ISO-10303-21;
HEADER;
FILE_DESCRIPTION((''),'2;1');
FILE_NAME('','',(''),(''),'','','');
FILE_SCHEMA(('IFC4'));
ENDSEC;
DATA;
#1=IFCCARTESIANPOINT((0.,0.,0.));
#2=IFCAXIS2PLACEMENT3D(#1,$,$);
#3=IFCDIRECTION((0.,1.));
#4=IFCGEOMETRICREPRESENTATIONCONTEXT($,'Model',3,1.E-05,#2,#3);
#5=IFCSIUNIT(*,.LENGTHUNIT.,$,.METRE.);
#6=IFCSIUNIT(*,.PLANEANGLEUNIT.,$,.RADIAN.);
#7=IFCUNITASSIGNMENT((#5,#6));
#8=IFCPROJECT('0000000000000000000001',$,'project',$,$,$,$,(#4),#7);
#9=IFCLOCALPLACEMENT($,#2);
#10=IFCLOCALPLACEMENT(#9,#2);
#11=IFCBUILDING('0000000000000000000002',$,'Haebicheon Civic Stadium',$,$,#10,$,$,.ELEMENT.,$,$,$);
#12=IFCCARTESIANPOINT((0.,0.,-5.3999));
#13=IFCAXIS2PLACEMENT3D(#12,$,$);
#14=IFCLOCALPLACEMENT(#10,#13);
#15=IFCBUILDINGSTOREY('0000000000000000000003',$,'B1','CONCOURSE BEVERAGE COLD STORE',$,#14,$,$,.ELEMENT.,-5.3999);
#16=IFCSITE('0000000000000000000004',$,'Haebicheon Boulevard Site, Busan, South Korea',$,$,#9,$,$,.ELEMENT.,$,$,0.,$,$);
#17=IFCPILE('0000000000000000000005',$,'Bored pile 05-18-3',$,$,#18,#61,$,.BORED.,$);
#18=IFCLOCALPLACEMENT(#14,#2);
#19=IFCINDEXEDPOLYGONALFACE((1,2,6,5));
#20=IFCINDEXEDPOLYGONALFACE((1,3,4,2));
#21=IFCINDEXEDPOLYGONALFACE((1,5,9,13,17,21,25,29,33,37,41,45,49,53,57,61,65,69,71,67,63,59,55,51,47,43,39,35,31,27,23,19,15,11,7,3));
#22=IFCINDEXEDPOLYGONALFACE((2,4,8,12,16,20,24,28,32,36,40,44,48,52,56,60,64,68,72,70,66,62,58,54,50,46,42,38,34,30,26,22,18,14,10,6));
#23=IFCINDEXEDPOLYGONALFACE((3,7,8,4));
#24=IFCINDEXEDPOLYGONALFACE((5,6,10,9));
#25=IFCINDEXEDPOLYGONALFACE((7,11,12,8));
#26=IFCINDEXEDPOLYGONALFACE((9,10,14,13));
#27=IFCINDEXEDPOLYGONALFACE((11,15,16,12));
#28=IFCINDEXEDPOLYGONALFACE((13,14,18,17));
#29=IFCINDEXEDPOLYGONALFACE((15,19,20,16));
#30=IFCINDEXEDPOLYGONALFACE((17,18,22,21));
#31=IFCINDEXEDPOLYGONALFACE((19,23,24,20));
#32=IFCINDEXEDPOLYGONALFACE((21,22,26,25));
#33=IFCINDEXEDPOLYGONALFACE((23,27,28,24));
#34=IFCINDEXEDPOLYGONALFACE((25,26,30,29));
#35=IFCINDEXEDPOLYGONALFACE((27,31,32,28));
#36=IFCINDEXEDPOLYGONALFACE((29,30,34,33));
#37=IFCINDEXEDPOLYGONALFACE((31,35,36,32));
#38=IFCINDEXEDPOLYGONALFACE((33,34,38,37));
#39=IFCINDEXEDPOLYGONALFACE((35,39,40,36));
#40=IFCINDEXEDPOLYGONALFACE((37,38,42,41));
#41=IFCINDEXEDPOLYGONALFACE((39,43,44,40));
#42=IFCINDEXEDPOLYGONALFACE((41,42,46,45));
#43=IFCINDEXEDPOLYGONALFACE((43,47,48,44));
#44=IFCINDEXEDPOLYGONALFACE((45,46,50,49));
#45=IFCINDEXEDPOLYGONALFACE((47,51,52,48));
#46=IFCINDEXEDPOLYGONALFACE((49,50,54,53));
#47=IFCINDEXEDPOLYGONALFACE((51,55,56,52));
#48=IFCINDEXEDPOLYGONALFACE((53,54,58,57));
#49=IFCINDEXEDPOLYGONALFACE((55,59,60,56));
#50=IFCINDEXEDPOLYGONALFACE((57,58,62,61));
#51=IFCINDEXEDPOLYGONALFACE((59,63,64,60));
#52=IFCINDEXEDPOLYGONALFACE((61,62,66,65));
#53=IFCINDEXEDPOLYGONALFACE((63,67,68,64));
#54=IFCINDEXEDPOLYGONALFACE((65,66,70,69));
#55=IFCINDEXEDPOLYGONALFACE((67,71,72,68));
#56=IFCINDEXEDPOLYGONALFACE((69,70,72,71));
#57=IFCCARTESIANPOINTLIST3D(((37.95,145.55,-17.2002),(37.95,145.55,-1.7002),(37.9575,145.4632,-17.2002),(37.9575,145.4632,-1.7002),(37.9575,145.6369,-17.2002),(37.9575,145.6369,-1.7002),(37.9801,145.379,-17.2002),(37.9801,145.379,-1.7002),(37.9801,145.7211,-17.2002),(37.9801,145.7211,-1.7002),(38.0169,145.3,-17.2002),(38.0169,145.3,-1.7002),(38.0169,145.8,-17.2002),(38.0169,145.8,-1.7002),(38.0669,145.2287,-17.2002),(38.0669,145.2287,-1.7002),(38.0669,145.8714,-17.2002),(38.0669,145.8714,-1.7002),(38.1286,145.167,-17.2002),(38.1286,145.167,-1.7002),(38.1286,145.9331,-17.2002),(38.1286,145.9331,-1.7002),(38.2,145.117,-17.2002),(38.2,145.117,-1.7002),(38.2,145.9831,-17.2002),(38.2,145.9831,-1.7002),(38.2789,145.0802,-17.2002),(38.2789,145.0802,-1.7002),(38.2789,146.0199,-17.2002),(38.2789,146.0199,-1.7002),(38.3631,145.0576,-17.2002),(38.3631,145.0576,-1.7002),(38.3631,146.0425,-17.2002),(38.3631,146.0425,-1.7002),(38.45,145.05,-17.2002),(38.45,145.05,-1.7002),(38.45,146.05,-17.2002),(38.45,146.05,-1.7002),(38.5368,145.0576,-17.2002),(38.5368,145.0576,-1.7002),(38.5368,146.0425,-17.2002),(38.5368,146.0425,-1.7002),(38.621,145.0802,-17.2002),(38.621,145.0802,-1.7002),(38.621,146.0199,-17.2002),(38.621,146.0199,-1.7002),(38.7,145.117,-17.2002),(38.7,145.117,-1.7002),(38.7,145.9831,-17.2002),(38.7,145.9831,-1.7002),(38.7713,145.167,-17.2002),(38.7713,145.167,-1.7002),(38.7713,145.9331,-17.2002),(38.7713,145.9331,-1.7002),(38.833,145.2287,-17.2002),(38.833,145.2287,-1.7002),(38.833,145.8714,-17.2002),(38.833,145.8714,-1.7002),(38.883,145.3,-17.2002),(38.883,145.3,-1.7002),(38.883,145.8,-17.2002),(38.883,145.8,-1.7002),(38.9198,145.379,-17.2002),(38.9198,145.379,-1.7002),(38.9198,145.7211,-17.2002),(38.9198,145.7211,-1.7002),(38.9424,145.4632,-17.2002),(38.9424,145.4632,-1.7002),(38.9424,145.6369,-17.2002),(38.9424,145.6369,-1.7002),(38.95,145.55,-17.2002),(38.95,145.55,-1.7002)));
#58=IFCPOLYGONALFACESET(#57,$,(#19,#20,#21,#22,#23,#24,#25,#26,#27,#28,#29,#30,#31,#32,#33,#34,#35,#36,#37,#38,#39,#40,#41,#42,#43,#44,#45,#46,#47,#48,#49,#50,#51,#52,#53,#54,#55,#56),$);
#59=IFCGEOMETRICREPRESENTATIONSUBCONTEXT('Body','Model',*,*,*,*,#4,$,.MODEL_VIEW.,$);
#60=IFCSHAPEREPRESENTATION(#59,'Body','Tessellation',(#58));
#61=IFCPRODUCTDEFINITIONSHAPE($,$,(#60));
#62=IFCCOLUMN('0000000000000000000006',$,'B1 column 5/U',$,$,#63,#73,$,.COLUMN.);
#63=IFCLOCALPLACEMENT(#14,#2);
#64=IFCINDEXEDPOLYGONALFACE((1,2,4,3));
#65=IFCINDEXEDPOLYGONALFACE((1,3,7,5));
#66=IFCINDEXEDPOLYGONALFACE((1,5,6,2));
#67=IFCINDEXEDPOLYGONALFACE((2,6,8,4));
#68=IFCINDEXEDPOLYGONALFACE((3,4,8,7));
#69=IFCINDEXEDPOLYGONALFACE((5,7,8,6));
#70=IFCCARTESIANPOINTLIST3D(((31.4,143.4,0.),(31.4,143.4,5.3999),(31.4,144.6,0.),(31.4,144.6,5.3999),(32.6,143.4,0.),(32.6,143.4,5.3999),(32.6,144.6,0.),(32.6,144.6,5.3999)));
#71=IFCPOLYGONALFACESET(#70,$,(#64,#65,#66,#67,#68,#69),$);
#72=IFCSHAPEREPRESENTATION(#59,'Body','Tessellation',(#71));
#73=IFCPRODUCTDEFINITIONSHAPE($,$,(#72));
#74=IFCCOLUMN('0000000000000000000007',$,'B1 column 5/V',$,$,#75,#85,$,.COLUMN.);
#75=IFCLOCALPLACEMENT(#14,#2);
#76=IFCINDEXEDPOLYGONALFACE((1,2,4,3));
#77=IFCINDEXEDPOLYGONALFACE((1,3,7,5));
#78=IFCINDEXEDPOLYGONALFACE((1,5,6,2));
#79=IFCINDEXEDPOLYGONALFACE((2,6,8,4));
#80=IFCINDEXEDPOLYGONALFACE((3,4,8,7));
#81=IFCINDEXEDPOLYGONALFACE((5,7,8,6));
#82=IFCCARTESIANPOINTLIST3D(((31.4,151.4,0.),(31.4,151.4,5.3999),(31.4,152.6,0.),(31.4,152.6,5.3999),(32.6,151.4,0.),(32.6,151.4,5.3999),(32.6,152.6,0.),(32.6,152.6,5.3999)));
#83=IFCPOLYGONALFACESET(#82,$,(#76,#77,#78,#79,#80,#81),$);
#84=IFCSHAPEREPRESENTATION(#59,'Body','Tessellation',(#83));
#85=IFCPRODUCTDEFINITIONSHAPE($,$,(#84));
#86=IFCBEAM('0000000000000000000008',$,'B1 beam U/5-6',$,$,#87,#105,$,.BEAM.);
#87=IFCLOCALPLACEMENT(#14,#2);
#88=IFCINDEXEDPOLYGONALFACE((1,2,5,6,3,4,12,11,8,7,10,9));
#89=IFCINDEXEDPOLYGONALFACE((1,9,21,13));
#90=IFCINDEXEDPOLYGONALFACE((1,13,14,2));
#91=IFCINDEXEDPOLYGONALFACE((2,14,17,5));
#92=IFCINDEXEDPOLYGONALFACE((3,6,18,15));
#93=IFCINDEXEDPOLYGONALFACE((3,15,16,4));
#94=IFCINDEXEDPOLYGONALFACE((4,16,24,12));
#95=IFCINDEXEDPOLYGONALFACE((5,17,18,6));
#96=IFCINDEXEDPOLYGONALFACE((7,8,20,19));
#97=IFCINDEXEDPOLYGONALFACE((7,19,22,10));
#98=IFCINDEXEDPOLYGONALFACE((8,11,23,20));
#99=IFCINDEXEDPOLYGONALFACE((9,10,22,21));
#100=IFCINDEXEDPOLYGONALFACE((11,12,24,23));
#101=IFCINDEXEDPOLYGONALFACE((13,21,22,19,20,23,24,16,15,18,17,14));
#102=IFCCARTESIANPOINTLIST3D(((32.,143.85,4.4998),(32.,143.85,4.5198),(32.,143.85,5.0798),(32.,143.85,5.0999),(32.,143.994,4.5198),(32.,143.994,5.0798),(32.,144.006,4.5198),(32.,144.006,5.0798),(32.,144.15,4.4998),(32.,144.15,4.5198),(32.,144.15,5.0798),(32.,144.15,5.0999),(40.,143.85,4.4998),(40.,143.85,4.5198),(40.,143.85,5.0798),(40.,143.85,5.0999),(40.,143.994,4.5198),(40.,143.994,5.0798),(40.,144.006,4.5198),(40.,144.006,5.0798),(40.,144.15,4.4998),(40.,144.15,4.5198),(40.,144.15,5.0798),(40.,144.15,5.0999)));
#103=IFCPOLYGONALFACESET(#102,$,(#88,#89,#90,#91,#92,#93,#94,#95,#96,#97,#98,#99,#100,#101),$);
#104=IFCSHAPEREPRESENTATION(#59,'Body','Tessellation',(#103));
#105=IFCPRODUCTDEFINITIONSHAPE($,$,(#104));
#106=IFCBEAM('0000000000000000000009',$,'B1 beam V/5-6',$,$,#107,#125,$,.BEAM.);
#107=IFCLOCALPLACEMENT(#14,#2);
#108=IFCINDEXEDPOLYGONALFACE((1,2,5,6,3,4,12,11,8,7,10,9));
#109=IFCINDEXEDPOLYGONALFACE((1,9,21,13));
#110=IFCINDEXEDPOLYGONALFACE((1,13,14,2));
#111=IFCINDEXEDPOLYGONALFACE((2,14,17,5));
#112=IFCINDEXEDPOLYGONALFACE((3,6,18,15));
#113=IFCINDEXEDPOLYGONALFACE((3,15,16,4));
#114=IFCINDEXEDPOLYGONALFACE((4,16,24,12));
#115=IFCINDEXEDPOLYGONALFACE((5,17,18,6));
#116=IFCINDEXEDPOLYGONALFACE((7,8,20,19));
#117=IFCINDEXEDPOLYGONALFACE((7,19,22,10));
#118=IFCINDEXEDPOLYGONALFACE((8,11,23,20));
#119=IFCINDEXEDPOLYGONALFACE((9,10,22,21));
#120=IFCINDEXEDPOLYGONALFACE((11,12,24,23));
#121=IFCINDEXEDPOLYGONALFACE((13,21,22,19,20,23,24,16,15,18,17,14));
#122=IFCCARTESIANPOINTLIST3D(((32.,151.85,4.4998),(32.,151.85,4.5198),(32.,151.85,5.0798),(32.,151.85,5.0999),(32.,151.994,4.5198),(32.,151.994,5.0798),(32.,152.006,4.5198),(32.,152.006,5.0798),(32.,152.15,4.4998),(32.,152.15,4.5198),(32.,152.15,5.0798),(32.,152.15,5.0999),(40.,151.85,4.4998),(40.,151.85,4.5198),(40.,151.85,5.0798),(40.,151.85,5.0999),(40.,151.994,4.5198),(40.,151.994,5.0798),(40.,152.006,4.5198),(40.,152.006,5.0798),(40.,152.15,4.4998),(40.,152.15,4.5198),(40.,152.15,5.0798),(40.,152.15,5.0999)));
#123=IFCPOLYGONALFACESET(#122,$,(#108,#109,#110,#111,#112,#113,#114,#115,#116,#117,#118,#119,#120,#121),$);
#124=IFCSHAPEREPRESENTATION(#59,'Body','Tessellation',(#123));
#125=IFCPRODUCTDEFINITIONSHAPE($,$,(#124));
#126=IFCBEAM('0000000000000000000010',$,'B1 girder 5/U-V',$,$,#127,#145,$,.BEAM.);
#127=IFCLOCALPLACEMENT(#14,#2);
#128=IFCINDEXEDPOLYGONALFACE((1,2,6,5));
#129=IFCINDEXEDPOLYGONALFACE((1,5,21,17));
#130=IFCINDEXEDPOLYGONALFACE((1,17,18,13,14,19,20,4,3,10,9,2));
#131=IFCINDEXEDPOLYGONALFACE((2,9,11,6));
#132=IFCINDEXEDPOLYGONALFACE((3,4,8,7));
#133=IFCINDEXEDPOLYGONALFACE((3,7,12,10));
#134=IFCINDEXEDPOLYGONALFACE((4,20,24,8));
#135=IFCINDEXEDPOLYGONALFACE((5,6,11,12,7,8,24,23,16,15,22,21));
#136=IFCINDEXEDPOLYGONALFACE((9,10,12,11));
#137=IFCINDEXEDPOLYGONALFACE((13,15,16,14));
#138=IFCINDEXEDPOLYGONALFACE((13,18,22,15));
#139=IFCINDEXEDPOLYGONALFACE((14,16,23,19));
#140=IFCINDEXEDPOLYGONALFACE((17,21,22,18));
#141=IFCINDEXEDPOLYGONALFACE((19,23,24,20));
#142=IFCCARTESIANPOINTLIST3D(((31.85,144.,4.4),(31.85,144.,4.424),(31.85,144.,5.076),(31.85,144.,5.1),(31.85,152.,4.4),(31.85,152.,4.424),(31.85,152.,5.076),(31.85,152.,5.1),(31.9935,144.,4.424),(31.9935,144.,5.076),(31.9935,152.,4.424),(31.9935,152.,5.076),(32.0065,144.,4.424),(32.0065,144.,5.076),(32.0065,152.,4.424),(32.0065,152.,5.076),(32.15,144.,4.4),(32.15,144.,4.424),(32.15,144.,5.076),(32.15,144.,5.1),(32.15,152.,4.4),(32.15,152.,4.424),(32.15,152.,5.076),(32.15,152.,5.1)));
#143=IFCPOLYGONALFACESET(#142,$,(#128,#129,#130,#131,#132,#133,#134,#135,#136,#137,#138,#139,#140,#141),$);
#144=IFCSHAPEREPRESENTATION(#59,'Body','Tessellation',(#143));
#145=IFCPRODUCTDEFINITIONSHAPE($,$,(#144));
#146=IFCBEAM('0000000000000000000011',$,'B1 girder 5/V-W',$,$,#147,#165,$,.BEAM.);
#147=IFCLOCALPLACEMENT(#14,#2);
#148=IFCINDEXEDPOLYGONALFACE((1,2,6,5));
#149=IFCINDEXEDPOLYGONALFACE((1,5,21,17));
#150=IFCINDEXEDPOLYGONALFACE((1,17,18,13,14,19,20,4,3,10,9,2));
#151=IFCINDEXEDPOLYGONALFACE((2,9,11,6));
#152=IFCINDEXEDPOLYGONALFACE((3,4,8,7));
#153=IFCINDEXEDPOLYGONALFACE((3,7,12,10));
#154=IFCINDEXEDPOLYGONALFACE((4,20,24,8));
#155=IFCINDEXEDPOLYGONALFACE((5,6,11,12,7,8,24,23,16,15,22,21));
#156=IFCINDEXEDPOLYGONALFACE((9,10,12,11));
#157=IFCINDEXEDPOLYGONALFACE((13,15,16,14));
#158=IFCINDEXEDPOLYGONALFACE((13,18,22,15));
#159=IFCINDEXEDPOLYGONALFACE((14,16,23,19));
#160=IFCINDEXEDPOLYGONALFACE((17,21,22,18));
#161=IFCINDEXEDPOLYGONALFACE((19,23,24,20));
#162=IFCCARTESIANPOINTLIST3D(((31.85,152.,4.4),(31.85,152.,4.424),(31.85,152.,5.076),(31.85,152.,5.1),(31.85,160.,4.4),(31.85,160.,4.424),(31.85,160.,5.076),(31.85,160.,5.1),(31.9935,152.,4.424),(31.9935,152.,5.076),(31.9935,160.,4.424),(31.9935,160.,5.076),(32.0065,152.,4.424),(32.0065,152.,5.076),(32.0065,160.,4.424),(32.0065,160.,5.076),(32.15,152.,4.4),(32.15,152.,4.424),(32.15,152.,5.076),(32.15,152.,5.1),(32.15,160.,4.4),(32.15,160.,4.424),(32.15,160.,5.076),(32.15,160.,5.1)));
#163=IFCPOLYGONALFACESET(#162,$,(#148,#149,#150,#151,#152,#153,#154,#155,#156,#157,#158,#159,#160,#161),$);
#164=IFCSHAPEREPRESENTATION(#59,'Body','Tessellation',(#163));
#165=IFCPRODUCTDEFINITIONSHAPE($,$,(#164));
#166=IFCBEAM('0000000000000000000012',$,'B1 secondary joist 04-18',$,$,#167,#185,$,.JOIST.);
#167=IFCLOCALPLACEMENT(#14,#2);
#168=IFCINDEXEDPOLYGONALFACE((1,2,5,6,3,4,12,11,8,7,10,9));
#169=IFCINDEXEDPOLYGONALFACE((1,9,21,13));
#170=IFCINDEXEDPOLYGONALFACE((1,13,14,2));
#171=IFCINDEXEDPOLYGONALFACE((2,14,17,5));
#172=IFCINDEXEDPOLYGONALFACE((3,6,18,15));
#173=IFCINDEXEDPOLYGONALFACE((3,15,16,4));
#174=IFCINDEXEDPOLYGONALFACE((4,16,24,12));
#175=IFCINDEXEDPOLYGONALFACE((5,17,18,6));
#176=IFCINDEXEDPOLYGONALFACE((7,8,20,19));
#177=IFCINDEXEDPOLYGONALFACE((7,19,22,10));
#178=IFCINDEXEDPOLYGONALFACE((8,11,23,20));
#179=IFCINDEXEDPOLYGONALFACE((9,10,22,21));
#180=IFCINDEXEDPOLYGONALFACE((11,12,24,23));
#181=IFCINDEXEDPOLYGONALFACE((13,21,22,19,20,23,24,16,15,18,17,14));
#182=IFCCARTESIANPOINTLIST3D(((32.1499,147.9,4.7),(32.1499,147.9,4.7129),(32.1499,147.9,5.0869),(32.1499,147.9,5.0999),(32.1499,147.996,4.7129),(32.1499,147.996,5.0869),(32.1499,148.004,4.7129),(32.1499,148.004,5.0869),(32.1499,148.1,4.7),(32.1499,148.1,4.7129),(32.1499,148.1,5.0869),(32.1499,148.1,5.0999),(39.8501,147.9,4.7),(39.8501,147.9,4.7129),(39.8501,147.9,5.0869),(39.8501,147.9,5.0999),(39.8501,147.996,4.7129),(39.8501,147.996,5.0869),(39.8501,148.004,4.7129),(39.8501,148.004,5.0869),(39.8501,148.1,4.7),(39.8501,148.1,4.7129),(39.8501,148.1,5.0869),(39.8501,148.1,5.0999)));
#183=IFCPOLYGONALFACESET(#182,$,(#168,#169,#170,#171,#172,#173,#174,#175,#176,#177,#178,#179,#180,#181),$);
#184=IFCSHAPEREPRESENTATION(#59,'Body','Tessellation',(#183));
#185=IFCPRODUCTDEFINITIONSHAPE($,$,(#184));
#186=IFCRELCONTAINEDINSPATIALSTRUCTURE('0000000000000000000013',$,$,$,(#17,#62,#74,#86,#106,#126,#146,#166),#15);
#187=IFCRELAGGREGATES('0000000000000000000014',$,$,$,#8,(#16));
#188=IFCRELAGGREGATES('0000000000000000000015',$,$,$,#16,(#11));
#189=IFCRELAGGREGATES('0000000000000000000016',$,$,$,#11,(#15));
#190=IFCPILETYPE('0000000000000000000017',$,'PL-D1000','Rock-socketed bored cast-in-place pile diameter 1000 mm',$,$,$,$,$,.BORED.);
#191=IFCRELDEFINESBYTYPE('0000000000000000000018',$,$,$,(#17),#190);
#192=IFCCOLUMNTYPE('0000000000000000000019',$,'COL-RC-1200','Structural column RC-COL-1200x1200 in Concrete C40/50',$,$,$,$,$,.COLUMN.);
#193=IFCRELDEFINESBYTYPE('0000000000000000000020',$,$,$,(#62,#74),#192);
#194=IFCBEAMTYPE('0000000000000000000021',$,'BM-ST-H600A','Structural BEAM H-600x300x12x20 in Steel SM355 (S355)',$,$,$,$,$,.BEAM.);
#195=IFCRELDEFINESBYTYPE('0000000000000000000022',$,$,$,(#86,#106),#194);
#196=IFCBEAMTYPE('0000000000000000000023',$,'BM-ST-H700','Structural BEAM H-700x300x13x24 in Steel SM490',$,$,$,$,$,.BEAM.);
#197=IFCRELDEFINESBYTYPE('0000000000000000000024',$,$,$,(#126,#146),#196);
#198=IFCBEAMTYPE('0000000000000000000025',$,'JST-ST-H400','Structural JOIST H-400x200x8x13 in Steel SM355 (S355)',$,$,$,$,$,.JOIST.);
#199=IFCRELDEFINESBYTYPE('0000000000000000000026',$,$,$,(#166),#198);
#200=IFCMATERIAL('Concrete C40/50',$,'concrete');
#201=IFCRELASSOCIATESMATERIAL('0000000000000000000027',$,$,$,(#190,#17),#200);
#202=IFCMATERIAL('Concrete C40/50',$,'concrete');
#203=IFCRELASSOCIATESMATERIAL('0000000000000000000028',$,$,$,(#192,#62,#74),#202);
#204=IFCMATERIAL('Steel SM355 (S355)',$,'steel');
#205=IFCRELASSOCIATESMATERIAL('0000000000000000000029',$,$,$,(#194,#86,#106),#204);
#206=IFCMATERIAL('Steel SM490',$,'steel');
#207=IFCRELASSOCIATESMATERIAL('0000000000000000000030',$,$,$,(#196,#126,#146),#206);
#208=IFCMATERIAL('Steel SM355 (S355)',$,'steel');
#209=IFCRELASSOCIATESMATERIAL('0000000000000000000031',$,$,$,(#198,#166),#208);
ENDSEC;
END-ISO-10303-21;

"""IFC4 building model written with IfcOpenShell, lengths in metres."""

from ifc_helpers import new_model, si_unit, direction, frame, origin, origin_2d, place, context, subcontext, project, spatial, rectangle, circle, i_section, extrude, material, material_profile, profile_set, type_object, element, save


model = new_model("IFC4")

# Units and contexts
model_context = context("Model", 3, precision=1e-05, world=origin(), true_north=direction((0.0, 1.0)))
body_context = subcontext(model_context, "Body", "Model", "MODEL_VIEW")
ifc_project = project(units=[si_unit("LENGTHUNIT", "METRE"), si_unit("PLANEANGLEUNIT", "RADIAN")], contexts=[model_context])

# Site, building, storey
site_placement = place(None, origin())
site = spatial("IfcSite", under=ifc_project, at=site_placement, Name="Haebicheon Boulevard Site, Busan, South Korea", CompositionType="ELEMENT", RefElevation=0.0)
building_placement = place(site_placement, origin())
building = spatial("IfcBuilding", under=site, at=building_placement, Name="Haebicheon Civic Stadium", CompositionType="ELEMENT")
storey_placement = place(building_placement, frame((0.0, 0.0, -5.3999)))
storey = spatial("IfcBuildingStorey", under=building, at=storey_placement, Name="B1", Description="CONCOURSE BEVERAGE COLD STORE", CompositionType="ELEMENT", Elevation=-5.3999)

# Pile
ifc_material_1 = material(Name="Concrete C40/50", Category="concrete")
ifc_material_profile_1 = material_profile(ifc_material_1, circle(Radius=0.5, at=origin_2d()), Name="PILE-D1000")
ifc_profile_set_1 = profile_set([ifc_material_profile_1], Name="Concrete C40/50")
pile_type = type_object("IfcPileType", Name="PL-D1000", Description="Rock-socketed bored cast-in-place pile diameter 1000 mm", PredefinedType="BORED", material=ifc_profile_set_1)
pile_1_placement = place(storey_placement, frame((38.45, 145.55, -1.7002), z_axis=(0.0, 0.0, -1.0), x_axis=(1.0, 0.0, 0.0)))
element("IfcPile", 1, at=pile_1_placement, inside=storey, type_object=pile_type, material=ifc_profile_set_1, Name="Bored pile 05-18-3", PredefinedType="BORED", context=body_context, shape_type="SweptSolid", body=[
    extrude(circle(Radius=0.5, at=origin_2d()), origin(), (0.0, 0.0, 1.0), 15.5),
])

# Columns
ifc_material_2 = material(Name="Concrete C40/50", Category="concrete")
ifc_material_profile_2 = material_profile(ifc_material_2, rectangle(XDim=1.2, YDim=1.2, at=origin_2d()), Name="RC-COL-1200x1200")
ifc_profile_set_2 = profile_set([ifc_material_profile_2], Name="Concrete C40/50")
column_type = type_object("IfcColumnType", Name="COL-RC-1200", Description="Structural column RC-COL-1200x1200 in Concrete C40/50", PredefinedType="COLUMN", material=ifc_profile_set_2)
for number, where, z_axis, x_axis, name in (
    (2, (32.0, 144.0, 0.0), (0.0, 0.0, 1.0), (1.0, 0.0, 0.0), "B1 column 5/U"),
    (3, (32.0, 152.0, 0.0), (0.0, 0.0, 1.0), (1.0, 0.0, 0.0), "B1 column 5/V"),
):
    element("IfcColumn", number, at=place(storey_placement, frame(where, z_axis=z_axis, x_axis=x_axis)), inside=storey, type_object=column_type, material=ifc_profile_set_2, Name=name, PredefinedType="COLUMN", context=body_context, shape_type="SweptSolid", body=[
        extrude(rectangle(XDim=1.2, YDim=1.2, at=origin_2d()), origin(), (0.0, 0.0, 1.0), 5.3999),
    ])

# Beams
ifc_material_3 = material(Name="Steel SM355 (S355)", Category="steel")
ifc_material_profile_3 = material_profile(ifc_material_3, i_section(OverallWidth=0.3, OverallDepth=0.6001, WebThickness=0.012, FlangeThickness=0.02, at=origin_2d()), Name="H-600x300x12x20")
ifc_profile_set_3 = profile_set([ifc_material_profile_3], Name="Steel SM355 (S355)")
beam_type_1 = type_object("IfcBeamType", Name="BM-ST-H600A", Description="Structural BEAM H-600x300x12x20 in Steel SM355 (S355)", PredefinedType="BEAM", material=ifc_profile_set_3)
for number, where, z_axis, x_axis, name in (
    (4, (32.0, 144.0, 4.7998), (1.0, 0.0, 0.0), (0.0, 1.0, 0.0), "B1 beam U/5-6"),
    (5, (32.0, 152.0, 4.7998), (1.0, 0.0, 0.0), (0.0, 1.0, 0.0), "B1 beam V/5-6"),
):
    element("IfcBeam", number, at=place(storey_placement, frame(where, z_axis=z_axis, x_axis=x_axis)), inside=storey, type_object=beam_type_1, material=ifc_profile_set_3, Name=name, PredefinedType="BEAM", context=body_context, shape_type="SweptSolid", body=[
        extrude(i_section(OverallWidth=0.3, OverallDepth=0.6001, WebThickness=0.012, FlangeThickness=0.02, at=origin_2d()), origin(), (0.0, 0.0, 1.0), 8.0),
    ])
ifc_material_4 = material(Name="Steel SM490", Category="steel")
ifc_material_profile_4 = material_profile(ifc_material_4, i_section(OverallWidth=0.3, OverallDepth=0.7, WebThickness=0.0129, FlangeThickness=0.0239, at=origin_2d()), Name="H-700x300x13x24")
ifc_profile_set_4 = profile_set([ifc_material_profile_4], Name="Steel SM490")
beam_type_2 = type_object("IfcBeamType", Name="BM-ST-H700", Description="Structural BEAM H-700x300x13x24 in Steel SM490", PredefinedType="BEAM", material=ifc_profile_set_4)
for number, where, z_axis, x_axis, name in (
    (6, (32.0, 144.0, 4.75), (0.0, 1.0, 0.0), (-1.0, 0.0, 0.0), "B1 girder 5/U-V"),
    (7, (32.0, 152.0, 4.75), (0.0, 1.0, 0.0), (-1.0, 0.0, 0.0), "B1 girder 5/V-W"),
):
    element("IfcBeam", number, at=place(storey_placement, frame(where, z_axis=z_axis, x_axis=x_axis)), inside=storey, type_object=beam_type_2, material=ifc_profile_set_4, Name=name, PredefinedType="BEAM", context=body_context, shape_type="SweptSolid", body=[
        extrude(i_section(OverallWidth=0.3, OverallDepth=0.7, WebThickness=0.0129, FlangeThickness=0.0239, at=origin_2d()), origin(), (0.0, 0.0, 1.0), 8.0),
    ])
ifc_material_5 = material(Name="Steel SM355 (S355)", Category="steel")
ifc_material_profile_5 = material_profile(ifc_material_5, i_section(OverallWidth=0.2, OverallDepth=0.3999, WebThickness=0.0081, FlangeThickness=0.0129, at=origin_2d()), Name="H-400x200x8x13")
ifc_profile_set_5 = profile_set([ifc_material_profile_5], Name="Steel SM355 (S355)")
beam_type_3 = type_object("IfcBeamType", Name="JST-ST-H400", Description="Structural JOIST H-400x200x8x13 in Steel SM355 (S355)", PredefinedType="JOIST", material=ifc_profile_set_5)
for number, where, z_axis, x_axis, name in (
    (8, (32.1499, 148.0, 4.8999), (1.0, 0.0, 0.0), (0.0, 1.0, 0.0), "B1 secondary joist 04-18"),
):
    element("IfcBeam", number, at=place(storey_placement, frame(where, z_axis=z_axis, x_axis=x_axis)), inside=storey, type_object=beam_type_3, material=ifc_profile_set_5, Name=name, PredefinedType="JOIST", context=body_context, shape_type="SweptSolid", body=[
        extrude(i_section(OverallWidth=0.2, OverallDepth=0.3999, WebThickness=0.0081, FlangeThickness=0.0129, at=origin_2d()), origin(), (0.0, 0.0, 1.0), 7.7002),
    ])

save(model, "model.ifc")
